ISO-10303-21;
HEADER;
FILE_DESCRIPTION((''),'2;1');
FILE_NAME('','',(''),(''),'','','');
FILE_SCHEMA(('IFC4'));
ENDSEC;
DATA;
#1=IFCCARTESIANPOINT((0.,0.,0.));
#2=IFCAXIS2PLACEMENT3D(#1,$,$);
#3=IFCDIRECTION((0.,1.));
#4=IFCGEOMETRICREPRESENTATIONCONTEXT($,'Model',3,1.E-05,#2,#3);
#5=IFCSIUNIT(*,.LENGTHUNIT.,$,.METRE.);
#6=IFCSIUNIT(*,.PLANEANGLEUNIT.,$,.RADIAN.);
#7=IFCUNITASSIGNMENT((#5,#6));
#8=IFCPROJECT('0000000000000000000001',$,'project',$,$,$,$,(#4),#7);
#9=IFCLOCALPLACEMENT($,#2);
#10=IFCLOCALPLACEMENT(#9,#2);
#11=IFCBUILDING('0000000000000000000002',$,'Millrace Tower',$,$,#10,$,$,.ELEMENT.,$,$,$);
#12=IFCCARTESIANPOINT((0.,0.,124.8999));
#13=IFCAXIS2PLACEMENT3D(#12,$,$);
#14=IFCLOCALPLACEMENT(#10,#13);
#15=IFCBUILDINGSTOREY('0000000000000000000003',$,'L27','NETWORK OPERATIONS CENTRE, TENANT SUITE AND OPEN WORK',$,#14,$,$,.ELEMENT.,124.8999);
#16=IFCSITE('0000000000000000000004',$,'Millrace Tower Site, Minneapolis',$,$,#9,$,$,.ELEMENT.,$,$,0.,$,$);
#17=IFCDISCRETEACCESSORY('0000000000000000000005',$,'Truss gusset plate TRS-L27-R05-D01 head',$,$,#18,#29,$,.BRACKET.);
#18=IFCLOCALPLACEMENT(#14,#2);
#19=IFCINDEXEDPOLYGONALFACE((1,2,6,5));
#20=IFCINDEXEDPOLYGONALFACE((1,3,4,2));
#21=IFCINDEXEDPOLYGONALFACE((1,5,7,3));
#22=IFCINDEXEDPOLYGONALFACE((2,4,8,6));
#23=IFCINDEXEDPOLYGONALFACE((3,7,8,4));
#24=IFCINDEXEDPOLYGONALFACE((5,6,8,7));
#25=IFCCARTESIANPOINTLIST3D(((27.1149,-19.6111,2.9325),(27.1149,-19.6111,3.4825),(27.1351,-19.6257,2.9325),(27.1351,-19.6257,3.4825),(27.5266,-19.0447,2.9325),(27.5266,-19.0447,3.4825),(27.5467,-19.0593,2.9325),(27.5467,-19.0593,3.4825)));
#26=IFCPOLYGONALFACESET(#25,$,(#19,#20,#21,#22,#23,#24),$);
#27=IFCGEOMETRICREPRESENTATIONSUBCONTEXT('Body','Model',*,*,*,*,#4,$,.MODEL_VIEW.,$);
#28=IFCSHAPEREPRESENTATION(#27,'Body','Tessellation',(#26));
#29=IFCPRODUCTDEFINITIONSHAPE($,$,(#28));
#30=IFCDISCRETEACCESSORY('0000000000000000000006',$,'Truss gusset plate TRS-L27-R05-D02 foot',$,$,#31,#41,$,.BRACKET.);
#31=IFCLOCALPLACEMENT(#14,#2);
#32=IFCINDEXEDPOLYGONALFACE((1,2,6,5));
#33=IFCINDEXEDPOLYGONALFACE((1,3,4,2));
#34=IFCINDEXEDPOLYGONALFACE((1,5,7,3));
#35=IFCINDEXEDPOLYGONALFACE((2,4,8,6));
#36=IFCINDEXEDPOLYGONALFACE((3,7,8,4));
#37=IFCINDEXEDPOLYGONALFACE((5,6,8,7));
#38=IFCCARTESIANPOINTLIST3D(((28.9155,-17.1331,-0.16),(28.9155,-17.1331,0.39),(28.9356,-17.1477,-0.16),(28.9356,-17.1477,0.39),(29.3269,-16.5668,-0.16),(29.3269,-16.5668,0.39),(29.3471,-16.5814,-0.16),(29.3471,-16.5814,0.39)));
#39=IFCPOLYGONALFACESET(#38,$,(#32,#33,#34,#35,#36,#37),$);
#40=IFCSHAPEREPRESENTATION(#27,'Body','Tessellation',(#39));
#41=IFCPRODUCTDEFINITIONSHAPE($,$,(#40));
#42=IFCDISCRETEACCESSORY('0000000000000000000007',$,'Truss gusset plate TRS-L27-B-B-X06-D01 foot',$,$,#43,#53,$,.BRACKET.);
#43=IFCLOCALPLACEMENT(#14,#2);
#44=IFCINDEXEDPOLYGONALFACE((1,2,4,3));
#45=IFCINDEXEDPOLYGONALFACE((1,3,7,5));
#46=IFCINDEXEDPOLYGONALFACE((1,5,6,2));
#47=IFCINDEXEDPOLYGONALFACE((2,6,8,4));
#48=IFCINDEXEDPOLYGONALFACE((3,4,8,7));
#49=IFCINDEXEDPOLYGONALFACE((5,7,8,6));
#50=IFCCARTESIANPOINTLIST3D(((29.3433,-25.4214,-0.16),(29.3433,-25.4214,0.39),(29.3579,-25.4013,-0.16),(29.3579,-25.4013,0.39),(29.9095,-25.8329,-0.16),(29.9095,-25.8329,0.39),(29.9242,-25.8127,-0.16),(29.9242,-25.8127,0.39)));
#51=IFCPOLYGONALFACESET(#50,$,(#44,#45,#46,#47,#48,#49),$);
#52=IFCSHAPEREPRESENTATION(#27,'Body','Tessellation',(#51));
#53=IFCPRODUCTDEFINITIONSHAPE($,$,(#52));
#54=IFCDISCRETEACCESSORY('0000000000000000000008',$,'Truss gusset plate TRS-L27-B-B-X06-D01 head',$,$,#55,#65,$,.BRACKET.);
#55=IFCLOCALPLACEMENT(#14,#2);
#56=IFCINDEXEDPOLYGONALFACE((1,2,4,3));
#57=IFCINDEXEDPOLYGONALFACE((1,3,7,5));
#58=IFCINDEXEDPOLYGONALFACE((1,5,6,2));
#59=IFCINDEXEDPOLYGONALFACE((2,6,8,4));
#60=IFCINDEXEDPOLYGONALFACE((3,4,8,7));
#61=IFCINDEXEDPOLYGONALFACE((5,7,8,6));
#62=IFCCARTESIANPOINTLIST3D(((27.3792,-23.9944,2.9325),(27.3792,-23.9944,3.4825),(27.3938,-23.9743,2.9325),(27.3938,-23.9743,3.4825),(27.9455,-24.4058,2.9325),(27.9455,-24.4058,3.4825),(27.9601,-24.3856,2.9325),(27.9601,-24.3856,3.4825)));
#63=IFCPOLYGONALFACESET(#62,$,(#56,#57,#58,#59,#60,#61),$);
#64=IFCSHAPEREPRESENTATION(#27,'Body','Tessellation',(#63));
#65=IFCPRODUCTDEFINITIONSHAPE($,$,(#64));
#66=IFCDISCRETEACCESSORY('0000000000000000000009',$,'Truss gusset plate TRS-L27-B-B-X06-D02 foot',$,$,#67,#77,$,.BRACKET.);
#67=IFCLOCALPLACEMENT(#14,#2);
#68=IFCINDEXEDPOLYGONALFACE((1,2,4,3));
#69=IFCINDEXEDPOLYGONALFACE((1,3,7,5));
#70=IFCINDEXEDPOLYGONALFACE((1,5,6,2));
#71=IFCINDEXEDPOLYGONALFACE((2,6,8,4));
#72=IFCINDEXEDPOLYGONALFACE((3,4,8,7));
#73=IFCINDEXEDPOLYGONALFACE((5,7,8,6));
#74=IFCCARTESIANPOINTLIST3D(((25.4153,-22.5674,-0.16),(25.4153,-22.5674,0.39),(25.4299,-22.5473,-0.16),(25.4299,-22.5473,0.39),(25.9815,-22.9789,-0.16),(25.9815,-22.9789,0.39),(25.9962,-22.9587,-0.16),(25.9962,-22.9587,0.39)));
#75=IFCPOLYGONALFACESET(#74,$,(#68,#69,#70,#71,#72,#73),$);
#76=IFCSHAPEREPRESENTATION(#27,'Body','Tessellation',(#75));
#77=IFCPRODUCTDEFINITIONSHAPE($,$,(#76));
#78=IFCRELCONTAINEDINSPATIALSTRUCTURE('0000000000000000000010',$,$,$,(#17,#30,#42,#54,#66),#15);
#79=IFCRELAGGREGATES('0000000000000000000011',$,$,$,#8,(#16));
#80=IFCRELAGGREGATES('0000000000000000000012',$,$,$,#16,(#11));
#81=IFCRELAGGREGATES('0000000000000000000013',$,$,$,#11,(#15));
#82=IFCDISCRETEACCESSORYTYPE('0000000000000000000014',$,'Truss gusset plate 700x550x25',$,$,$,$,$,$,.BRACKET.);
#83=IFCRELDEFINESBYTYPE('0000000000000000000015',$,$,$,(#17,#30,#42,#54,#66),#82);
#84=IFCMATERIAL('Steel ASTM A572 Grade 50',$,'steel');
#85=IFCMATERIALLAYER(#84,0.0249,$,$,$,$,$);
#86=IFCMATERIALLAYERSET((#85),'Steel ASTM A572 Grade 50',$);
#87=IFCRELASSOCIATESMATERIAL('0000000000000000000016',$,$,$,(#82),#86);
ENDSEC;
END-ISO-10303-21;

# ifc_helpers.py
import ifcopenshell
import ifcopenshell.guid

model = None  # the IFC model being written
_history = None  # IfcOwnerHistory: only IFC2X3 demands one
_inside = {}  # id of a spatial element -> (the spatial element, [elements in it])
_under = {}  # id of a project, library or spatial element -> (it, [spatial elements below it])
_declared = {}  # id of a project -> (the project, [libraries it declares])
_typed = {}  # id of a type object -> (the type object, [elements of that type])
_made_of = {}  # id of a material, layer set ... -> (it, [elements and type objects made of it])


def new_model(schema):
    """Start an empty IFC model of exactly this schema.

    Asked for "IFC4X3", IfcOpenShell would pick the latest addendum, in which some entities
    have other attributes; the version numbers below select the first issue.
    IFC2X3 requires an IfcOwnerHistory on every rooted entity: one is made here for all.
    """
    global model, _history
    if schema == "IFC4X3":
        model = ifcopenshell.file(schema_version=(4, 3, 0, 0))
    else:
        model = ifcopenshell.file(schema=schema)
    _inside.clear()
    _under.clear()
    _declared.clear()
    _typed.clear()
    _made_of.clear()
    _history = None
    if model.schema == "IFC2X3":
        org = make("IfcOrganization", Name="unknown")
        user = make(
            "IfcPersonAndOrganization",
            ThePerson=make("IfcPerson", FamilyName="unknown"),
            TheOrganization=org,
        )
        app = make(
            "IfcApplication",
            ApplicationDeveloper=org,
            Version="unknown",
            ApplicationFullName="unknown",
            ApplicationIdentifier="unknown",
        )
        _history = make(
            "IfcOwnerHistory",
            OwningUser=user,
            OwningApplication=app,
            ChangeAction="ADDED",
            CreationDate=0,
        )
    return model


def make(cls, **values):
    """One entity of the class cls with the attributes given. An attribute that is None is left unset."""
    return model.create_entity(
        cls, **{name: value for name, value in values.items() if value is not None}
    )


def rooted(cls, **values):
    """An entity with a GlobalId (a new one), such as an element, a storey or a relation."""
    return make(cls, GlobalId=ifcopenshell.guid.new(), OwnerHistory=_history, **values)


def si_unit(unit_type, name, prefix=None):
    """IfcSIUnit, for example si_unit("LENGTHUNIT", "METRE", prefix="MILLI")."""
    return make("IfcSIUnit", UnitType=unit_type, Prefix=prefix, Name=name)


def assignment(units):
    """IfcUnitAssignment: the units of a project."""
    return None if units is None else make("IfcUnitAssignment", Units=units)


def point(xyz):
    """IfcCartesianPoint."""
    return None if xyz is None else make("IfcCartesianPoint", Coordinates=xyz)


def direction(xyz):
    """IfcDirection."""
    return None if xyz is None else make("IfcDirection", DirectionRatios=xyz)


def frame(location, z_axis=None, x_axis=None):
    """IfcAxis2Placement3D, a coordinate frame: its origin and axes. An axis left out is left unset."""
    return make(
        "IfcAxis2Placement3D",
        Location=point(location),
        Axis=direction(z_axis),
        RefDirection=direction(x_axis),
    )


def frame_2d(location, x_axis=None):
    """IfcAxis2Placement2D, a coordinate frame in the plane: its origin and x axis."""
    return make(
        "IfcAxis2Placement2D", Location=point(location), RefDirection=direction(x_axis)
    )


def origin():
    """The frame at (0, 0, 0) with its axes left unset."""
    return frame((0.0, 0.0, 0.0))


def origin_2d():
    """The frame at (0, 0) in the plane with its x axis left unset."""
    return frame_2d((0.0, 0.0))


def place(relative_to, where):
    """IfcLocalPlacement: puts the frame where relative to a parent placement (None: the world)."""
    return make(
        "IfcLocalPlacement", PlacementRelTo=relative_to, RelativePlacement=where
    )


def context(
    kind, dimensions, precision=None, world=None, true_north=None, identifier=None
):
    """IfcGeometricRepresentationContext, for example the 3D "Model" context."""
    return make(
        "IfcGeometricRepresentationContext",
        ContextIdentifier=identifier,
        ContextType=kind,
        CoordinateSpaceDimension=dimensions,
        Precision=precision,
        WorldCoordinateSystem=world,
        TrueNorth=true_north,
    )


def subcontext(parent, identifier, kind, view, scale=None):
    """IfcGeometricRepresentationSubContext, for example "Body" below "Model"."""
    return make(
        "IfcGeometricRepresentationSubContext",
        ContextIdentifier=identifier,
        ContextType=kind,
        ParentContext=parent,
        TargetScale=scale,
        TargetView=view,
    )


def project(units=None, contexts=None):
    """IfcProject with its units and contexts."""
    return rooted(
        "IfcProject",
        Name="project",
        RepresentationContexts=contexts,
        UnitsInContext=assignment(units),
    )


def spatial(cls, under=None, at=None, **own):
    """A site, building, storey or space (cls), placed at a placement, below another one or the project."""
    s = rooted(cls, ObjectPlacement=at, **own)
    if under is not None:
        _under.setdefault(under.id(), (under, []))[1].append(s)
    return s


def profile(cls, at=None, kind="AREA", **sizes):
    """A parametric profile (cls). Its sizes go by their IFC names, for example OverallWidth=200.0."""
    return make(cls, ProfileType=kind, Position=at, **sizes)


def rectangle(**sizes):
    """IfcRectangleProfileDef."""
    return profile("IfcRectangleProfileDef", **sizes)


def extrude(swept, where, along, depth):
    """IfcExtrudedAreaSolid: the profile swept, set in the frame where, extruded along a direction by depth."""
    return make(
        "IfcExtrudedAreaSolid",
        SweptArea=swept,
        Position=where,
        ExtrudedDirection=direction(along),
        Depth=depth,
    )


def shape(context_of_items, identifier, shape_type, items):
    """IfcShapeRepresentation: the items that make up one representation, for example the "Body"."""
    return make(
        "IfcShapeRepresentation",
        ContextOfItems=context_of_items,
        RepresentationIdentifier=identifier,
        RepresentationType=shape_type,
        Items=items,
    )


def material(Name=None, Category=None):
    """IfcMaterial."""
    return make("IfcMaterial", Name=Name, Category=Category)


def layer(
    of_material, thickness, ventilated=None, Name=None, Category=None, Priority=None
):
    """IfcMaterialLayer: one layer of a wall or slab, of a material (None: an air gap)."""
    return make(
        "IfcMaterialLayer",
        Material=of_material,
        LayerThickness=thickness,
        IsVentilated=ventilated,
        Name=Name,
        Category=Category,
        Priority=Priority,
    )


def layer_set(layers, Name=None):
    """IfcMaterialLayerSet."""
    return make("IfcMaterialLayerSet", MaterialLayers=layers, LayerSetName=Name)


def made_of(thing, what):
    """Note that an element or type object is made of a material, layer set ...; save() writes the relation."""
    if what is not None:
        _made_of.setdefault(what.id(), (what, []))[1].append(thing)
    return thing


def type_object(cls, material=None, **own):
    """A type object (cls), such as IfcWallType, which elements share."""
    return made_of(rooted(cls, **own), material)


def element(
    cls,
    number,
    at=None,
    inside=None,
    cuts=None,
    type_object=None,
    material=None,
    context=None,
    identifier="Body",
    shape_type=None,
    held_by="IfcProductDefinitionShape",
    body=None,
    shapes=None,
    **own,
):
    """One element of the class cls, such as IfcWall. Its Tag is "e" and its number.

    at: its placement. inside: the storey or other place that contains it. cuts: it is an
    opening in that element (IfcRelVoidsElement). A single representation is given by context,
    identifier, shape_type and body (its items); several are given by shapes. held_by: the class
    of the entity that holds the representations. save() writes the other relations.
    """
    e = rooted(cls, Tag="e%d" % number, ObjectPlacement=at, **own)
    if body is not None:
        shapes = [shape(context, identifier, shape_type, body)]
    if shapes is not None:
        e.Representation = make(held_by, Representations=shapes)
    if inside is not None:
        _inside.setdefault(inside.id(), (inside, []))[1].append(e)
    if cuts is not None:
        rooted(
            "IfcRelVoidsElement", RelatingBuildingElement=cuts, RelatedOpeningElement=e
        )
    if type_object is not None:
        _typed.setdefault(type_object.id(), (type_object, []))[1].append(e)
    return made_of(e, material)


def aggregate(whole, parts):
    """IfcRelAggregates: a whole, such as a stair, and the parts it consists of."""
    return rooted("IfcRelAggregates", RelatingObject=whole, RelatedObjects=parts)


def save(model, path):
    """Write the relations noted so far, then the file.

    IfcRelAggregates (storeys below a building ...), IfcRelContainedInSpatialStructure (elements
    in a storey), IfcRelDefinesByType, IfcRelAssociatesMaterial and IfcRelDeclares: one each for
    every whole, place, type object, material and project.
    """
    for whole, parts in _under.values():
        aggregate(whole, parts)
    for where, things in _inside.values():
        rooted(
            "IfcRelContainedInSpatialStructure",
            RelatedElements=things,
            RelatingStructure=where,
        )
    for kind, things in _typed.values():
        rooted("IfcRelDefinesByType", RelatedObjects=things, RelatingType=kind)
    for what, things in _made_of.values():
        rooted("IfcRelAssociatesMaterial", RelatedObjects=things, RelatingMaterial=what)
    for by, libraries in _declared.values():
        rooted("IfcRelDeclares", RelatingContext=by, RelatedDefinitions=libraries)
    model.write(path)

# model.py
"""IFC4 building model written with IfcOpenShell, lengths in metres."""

from ifc_helpers import new_model, si_unit, direction, frame, origin, origin_2d, place, context, subcontext, project, spatial, rectangle, extrude, material, layer, layer_set, type_object, element, save


model = new_model("IFC4")

# Units and contexts
model_context = context("Model", 3, precision=1e-05, world=origin(), true_north=direction((0.0, 1.0)))
body_context = subcontext(model_context, "Body", "Model", "MODEL_VIEW")
ifc_project = project(units=[si_unit("LENGTHUNIT", "METRE"), si_unit("PLANEANGLEUNIT", "RADIAN")], contexts=[model_context])

# Site, building, storey
site_placement = place(None, origin())
site = spatial("IfcSite", under=ifc_project, at=site_placement, Name="Millrace Tower Site, Minneapolis", CompositionType="ELEMENT", RefElevation=0.0)
building_placement = place(site_placement, origin())
building = spatial("IfcBuilding", under=site, at=building_placement, Name="Millrace Tower", CompositionType="ELEMENT")
storey_placement = place(building_placement, frame((0.0, 0.0, 124.8999)))
storey = spatial("IfcBuildingStorey", under=building, at=storey_placement, Name="L27", Description="NETWORK OPERATIONS CENTRE, TENANT SUITE AND OPEN WORK", CompositionType="ELEMENT", Elevation=124.8999)

# Discrete accessories
ifc_material_1 = material(Name="Steel ASTM A572 Grade 50", Category="steel")
ifc_layer_1 = layer(ifc_material_1, 0.0249)
ifc_layer_set_1 = layer_set([ifc_layer_1], Name="Steel ASTM A572 Grade 50")
discrete_accessory_type_1 = type_object("IfcDiscreteAccessoryType", Name="Truss gusset plate 700x550x25", PredefinedType="BRACKET", material=ifc_layer_set_1)
discrete_accessory_1_placement = place(storey_placement, frame((27.125, -19.6184, 3.2075), z_axis=(0.587881, 0.808947, 0.0), x_axis=(-0.808947, 0.587881, 0.0)))
element("IfcDiscreteAccessory", 1, at=discrete_accessory_1_placement, inside=storey, type_object=discrete_accessory_type_1, Name="Truss gusset plate TRS-L27-R05-D01 head", PredefinedType="BRACKET", context=body_context, shape_type="SweptSolid", body=[
    extrude(rectangle(XDim=0.0249, YDim=0.55, at=origin_2d()), origin(), (0.0, 0.0, 1.0), 0.7002),
])
for number, where, z_axis, x_axis, name in (
    (2, (28.9255, -17.1404, 0.115), (0.587819, 0.808992, 0.0), (-0.808992, 0.587819, 0.0), "Truss gusset plate TRS-L27-R05-D02 foot"),
    (3, (29.3506, -25.4114, 0.115), (0.808992, -0.587819, 0.0), (0.587819, 0.808992, 0.0), "Truss gusset plate TRS-L27-B-B-X06-D01 foot"),
    (4, (27.3865, -23.9844, 3.2075), (0.809113, -0.587653, 0.0), (0.587653, 0.809113, 0.0), "Truss gusset plate TRS-L27-B-B-X06-D01 head"),
    (5, (25.4226, -22.5574, 0.115), (0.808992, -0.587819, 0.0), (0.587819, 0.808992, 0.0), "Truss gusset plate TRS-L27-B-B-X06-D02 foot"),
):
    element("IfcDiscreteAccessory", number, at=place(storey_placement, frame(where, z_axis=z_axis, x_axis=x_axis)), inside=storey, type_object=discrete_accessory_type_1, Name=name, PredefinedType="BRACKET", context=body_context, shape_type="SweptSolid", body=[
        extrude(rectangle(XDim=0.0249, YDim=0.55, at=origin_2d()), origin(), (0.0, 0.0, 1.0), 0.7),
    ])

save(model, "model.ifc")
